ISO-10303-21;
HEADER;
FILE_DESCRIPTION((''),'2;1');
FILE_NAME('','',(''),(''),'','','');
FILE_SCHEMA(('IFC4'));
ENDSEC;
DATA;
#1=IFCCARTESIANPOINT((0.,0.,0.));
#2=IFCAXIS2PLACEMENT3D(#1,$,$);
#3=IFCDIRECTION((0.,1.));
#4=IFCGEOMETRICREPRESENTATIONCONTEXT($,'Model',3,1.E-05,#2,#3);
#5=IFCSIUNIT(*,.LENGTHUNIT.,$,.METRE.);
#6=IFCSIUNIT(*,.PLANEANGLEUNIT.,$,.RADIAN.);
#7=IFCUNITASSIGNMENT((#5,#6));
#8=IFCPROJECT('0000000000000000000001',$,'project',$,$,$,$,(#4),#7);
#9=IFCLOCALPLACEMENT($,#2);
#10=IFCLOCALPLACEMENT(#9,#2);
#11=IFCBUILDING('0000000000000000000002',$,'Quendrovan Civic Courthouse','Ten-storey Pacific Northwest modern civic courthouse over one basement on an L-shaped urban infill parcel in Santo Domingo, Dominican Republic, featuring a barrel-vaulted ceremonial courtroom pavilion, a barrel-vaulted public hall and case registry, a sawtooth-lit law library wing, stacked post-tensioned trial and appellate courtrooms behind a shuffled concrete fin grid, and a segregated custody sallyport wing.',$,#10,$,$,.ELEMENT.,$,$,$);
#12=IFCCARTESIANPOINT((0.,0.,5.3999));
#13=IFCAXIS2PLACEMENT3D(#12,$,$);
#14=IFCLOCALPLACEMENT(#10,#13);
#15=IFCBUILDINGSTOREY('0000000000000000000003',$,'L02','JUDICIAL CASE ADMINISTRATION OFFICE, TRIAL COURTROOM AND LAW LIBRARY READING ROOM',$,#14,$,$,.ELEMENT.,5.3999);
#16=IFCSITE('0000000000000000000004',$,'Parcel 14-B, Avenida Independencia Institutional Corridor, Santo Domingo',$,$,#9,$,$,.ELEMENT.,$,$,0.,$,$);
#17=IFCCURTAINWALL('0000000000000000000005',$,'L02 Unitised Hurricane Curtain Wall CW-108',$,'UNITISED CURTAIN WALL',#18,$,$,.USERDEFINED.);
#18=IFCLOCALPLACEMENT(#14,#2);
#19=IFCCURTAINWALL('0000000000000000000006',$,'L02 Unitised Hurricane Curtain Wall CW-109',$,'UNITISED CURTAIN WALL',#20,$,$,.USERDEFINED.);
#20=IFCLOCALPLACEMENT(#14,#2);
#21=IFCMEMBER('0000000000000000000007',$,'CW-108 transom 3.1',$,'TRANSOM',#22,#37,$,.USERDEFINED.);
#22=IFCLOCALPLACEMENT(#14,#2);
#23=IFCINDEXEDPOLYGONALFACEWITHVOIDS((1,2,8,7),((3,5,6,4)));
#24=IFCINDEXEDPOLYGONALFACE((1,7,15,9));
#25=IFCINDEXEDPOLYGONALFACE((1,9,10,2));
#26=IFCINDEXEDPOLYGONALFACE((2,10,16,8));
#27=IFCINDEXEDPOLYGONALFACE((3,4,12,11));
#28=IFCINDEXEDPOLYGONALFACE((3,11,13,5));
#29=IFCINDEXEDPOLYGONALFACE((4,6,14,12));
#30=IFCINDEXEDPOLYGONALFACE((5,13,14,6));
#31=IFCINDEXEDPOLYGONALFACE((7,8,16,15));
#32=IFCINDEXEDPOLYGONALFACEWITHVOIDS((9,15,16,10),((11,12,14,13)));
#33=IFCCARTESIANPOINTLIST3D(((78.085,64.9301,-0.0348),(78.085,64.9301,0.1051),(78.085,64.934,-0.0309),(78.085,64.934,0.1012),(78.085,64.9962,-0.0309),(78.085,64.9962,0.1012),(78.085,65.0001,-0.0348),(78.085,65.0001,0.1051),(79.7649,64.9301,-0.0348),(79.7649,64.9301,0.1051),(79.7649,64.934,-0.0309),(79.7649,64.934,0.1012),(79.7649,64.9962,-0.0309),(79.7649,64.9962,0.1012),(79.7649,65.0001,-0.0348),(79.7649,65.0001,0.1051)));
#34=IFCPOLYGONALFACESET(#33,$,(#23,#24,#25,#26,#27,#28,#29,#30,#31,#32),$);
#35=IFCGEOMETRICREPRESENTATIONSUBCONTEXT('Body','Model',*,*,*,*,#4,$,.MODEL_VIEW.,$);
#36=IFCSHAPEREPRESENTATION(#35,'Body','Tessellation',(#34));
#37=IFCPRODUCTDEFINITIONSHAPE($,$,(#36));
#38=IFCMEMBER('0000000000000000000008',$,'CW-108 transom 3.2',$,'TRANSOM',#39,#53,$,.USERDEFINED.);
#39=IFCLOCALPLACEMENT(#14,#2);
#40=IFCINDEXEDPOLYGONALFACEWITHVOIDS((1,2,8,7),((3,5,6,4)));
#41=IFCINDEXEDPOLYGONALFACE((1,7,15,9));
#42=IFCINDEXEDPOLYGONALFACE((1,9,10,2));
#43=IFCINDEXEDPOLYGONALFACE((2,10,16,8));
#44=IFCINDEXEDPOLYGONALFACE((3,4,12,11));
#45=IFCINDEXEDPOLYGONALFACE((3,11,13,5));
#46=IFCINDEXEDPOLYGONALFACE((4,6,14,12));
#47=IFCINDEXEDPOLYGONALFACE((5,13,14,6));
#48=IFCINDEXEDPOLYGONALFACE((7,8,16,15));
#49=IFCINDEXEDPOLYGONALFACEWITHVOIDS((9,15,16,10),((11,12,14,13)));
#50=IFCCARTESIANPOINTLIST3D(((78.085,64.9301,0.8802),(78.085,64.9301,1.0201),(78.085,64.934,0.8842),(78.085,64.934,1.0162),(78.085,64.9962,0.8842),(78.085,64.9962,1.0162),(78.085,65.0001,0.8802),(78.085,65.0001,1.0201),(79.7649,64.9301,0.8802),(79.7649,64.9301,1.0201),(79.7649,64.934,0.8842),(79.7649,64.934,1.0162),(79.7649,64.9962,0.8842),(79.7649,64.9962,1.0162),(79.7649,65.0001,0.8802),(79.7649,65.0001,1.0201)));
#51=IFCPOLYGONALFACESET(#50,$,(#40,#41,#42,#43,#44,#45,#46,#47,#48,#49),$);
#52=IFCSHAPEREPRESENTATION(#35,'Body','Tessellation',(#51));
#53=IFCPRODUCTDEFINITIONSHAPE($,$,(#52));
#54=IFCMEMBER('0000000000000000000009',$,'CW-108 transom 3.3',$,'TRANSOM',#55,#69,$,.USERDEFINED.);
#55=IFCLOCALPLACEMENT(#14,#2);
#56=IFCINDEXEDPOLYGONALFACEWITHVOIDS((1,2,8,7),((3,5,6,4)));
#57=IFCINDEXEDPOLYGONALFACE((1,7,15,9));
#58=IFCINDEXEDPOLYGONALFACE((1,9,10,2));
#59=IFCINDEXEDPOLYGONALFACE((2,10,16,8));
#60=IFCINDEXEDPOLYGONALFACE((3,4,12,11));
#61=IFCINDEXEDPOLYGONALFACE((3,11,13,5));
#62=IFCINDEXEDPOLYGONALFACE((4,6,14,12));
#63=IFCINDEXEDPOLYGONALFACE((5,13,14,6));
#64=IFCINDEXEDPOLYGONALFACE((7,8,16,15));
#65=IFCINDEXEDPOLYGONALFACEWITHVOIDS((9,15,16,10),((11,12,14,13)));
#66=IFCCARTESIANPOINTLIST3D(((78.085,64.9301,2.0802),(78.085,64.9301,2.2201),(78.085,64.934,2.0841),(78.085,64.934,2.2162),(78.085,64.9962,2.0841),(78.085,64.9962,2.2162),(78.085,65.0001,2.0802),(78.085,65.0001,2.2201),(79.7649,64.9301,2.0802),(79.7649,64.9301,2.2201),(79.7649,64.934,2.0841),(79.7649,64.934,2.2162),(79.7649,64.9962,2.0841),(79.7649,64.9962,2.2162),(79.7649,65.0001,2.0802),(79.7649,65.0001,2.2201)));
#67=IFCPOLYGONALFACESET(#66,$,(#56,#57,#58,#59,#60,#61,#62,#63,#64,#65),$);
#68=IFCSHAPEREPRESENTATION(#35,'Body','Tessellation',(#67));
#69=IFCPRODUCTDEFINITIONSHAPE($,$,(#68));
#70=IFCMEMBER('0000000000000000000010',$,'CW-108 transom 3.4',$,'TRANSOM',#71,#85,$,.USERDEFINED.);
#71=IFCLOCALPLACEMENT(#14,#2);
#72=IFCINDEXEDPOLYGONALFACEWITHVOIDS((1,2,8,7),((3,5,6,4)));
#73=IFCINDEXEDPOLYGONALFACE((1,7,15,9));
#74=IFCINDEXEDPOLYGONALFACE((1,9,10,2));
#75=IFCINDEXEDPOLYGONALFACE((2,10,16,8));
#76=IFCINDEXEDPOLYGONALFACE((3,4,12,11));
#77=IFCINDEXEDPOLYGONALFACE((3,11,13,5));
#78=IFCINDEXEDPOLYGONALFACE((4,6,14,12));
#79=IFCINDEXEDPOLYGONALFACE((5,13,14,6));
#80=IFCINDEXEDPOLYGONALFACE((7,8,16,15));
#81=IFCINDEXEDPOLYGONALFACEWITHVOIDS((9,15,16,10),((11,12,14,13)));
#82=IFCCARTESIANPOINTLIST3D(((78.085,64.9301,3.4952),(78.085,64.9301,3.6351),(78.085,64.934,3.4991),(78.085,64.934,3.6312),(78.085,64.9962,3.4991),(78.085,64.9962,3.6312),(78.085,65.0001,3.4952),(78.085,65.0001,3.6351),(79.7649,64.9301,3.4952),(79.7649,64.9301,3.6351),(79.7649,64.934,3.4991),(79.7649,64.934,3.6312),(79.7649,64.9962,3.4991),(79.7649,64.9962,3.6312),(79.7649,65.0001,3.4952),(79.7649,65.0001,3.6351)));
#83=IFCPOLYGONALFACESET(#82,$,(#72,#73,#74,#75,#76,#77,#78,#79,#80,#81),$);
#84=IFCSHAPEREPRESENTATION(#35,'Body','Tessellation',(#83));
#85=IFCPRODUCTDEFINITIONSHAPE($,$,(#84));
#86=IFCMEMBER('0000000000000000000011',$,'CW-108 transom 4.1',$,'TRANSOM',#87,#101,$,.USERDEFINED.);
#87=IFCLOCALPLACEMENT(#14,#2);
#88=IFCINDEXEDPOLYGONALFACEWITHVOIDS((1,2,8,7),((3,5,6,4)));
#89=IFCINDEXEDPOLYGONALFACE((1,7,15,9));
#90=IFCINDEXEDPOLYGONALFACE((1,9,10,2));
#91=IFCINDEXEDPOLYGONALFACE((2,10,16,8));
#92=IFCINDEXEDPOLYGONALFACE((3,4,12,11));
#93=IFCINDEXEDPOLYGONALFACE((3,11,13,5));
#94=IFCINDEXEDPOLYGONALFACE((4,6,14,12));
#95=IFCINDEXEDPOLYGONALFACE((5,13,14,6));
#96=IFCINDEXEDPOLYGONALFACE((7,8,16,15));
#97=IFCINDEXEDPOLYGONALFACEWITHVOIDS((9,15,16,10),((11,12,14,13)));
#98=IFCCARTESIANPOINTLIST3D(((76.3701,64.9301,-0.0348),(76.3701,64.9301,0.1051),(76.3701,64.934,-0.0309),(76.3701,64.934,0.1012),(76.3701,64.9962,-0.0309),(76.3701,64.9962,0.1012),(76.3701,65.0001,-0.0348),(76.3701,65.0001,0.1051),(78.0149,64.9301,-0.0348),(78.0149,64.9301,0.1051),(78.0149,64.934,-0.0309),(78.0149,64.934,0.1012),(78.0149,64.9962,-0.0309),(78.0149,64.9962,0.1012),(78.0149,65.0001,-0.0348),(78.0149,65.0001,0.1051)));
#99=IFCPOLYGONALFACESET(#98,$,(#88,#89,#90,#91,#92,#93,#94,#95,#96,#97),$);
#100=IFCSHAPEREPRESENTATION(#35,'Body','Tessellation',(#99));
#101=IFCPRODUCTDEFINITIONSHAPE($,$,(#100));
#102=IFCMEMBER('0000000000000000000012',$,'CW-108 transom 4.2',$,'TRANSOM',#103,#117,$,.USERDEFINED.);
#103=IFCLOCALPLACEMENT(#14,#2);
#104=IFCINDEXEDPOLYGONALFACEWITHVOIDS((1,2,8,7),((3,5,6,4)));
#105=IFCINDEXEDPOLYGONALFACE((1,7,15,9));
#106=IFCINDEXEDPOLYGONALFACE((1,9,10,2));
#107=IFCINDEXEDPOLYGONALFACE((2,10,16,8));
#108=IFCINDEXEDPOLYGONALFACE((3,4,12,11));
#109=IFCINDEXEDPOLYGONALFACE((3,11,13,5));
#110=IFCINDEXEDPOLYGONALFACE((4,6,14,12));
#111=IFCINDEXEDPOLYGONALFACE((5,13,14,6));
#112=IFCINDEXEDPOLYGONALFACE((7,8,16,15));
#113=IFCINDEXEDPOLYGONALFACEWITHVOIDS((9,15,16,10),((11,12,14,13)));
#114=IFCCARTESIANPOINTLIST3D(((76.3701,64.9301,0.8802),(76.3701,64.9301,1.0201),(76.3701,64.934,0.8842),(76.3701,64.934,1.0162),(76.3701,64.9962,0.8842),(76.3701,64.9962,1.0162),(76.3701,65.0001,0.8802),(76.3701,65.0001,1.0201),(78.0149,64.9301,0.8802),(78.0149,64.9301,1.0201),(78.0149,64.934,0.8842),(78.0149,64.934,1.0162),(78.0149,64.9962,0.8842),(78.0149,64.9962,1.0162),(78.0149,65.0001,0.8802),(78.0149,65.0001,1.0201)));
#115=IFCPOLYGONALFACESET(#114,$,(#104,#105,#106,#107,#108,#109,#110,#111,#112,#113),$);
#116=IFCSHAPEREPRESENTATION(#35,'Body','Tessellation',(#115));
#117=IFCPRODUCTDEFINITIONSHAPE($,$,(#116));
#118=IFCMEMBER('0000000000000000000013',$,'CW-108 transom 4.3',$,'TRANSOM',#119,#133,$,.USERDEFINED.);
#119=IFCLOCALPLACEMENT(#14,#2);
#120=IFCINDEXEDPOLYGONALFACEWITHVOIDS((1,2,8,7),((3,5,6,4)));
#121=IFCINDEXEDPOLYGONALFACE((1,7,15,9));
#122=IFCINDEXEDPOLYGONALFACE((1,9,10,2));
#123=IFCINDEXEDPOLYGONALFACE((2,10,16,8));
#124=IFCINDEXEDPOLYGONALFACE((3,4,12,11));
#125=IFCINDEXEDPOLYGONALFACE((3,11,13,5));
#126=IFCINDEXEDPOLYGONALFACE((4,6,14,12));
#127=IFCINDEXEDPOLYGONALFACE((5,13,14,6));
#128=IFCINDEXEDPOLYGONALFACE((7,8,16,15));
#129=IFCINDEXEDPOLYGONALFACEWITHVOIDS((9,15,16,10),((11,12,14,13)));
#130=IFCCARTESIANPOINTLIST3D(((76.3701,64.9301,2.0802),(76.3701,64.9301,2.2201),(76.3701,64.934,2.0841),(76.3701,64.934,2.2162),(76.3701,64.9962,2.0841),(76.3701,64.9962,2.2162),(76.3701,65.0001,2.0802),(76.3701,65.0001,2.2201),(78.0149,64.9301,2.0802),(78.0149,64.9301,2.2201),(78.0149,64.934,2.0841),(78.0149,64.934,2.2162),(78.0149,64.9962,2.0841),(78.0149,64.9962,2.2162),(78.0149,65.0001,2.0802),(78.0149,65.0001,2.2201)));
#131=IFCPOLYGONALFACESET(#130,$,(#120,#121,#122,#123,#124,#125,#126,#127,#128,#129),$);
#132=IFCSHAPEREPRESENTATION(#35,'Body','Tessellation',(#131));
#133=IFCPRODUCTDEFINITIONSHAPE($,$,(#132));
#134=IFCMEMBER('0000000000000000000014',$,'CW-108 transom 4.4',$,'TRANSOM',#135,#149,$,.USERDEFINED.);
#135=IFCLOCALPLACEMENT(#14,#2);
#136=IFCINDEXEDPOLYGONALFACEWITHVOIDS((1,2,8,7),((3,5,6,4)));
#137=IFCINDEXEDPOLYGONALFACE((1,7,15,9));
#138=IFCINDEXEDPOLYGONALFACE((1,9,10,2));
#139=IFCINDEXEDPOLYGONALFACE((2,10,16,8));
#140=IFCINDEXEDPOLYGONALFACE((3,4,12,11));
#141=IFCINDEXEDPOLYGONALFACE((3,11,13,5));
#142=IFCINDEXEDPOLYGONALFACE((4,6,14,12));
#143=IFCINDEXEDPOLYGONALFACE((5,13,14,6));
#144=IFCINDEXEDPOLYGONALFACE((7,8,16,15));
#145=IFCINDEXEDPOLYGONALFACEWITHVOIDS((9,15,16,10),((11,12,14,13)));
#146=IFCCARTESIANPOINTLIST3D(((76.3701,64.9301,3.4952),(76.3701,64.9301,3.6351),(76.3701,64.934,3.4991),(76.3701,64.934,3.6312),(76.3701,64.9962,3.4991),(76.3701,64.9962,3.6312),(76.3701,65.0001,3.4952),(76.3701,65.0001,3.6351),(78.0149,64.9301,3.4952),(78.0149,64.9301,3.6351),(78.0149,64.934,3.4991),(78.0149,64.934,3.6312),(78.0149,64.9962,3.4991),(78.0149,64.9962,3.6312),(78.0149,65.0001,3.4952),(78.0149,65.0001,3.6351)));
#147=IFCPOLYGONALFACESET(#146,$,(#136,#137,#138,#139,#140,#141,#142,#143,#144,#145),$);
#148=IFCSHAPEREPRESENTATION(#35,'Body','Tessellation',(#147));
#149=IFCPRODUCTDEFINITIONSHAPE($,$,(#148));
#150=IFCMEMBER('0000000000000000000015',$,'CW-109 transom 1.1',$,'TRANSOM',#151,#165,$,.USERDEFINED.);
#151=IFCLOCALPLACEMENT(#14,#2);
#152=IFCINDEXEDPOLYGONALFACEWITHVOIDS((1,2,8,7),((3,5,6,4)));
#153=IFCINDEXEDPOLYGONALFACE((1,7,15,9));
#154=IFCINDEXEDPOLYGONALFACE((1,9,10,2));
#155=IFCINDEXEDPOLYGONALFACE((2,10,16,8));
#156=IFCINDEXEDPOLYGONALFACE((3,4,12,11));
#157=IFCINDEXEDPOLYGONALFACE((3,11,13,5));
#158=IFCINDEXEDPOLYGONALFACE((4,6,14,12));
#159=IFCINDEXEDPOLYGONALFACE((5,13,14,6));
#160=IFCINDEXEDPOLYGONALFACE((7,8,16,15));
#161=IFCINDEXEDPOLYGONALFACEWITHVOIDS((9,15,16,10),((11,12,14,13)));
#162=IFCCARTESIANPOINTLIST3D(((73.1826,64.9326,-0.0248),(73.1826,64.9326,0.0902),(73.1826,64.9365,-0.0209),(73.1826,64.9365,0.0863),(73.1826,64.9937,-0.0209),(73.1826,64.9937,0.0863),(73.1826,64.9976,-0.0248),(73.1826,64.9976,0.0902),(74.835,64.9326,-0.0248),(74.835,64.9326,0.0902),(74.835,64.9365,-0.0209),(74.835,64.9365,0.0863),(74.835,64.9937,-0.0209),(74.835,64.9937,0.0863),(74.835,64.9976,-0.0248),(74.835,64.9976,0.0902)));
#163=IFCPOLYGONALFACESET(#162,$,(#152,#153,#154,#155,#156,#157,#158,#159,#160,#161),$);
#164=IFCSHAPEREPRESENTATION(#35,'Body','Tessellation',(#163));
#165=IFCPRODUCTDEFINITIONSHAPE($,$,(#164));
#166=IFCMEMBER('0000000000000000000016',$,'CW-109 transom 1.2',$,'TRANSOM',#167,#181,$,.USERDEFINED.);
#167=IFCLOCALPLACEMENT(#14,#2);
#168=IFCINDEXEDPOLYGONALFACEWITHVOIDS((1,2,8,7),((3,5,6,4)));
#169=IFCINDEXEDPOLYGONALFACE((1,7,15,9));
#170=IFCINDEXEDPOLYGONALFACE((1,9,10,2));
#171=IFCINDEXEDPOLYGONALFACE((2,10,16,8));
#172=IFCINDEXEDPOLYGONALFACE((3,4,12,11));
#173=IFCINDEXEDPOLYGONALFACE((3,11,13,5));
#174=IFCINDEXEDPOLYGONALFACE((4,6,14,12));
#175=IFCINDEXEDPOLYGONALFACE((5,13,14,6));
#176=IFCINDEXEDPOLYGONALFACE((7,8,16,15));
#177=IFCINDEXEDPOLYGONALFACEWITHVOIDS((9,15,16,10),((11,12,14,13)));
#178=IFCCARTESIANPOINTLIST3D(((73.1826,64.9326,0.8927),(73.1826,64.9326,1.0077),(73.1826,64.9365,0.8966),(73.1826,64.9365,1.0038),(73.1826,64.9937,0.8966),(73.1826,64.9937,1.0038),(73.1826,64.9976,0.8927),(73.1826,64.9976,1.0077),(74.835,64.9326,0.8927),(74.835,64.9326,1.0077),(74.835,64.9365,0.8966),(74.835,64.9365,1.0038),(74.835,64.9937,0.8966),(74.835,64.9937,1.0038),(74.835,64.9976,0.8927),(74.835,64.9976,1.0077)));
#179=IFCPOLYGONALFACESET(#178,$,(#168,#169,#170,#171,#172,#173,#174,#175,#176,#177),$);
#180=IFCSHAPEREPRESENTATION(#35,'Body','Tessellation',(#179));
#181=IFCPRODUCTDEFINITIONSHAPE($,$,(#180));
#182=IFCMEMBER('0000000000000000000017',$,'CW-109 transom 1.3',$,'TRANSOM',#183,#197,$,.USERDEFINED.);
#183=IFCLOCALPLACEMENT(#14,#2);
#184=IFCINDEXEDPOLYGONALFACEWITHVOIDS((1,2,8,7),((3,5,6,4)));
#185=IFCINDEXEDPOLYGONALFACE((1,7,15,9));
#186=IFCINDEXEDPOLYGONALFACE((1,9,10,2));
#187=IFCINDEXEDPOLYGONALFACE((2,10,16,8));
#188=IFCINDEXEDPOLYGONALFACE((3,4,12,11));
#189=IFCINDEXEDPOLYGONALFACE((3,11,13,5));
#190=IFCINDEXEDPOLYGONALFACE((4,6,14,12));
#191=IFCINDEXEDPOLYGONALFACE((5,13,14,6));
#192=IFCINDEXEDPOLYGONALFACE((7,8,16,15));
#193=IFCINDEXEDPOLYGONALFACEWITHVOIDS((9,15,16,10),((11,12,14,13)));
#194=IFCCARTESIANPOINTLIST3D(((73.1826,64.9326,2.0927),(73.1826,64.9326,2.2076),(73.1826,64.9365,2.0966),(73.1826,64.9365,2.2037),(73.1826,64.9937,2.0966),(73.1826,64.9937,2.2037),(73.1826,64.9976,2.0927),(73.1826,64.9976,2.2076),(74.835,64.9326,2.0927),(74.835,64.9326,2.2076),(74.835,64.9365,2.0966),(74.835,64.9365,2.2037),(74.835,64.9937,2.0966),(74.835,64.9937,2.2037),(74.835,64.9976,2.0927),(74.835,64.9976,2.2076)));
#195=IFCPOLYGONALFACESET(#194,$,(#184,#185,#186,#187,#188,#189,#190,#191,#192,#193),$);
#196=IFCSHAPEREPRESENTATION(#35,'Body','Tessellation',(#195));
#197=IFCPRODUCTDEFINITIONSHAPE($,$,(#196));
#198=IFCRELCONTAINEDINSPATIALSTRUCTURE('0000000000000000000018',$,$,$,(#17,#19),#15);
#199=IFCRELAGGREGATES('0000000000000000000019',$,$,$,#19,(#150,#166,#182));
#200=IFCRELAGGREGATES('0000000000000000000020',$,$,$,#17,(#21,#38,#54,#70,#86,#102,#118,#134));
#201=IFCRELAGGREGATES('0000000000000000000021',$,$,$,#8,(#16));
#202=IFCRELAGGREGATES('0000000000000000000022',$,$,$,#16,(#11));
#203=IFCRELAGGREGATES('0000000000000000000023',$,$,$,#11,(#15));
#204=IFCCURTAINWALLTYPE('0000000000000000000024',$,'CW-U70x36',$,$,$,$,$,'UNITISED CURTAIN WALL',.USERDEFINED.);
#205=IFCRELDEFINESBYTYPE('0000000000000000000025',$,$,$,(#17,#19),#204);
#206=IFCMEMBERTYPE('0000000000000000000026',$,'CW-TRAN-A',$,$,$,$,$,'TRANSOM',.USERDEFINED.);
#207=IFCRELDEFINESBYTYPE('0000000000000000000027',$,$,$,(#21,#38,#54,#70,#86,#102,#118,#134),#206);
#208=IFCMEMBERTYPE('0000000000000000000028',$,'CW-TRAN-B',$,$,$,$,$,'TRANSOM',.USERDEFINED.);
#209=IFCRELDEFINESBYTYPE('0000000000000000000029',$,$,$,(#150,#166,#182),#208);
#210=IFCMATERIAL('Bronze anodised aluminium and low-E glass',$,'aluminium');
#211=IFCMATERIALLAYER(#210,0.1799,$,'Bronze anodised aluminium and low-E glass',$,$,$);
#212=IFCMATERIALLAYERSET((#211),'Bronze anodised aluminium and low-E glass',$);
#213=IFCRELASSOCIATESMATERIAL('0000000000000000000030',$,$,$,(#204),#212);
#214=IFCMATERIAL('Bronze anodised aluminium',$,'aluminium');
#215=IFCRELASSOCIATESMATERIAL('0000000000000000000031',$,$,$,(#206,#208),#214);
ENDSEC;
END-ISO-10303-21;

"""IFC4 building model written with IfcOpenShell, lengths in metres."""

from ifc_helpers import new_model, si_unit, direction, frame, origin, origin_2d, place, context, subcontext, project, spatial, hollow_rectangle, extrude, material, layer, layer_set, material_profile, profile_set, type_object, element, aggregate, save


model = new_model("IFC4")

# Units and contexts
model_context = context("Model", 3, precision=1e-05, world=origin(), true_north=direction((0.0, 1.0)))
body_context = subcontext(model_context, "Body", "Model", "MODEL_VIEW")
ifc_project = project(units=[si_unit("LENGTHUNIT", "METRE"), si_unit("PLANEANGLEUNIT", "RADIAN")], contexts=[model_context])

# Site, building, storey
site_placement = place(None, origin())
site = spatial("IfcSite", under=ifc_project, at=site_placement, Name="Parcel 14-B, Avenida Independencia Institutional Corridor, Santo Domingo", CompositionType="ELEMENT", RefElevation=0.0)
building_placement = place(site_placement, origin())
building = spatial("IfcBuilding", under=site, at=building_placement, Name="Quendrovan Civic Courthouse", Description="Ten-storey Pacific Northwest modern civic courthouse over one basement on an L-shaped urban infill parcel in Santo Domingo, Dominican Republic, featuring a barrel-vaulted ceremonial courtroom pavilion, a barrel-vaulted public hall and case registry, a sawtooth-lit law library wing, stacked post-tensioned trial and appellate courtrooms behind a shuffled concrete fin grid, and a segregated custody sallyport wing.", CompositionType="ELEMENT")
storey_placement = place(building_placement, frame((0.0, 0.0, 5.3999)))
storey = spatial("IfcBuildingStorey", under=building, at=storey_placement, Name="L02", Description="JUDICIAL CASE ADMINISTRATION OFFICE, TRIAL COURTROOM AND LAW LIBRARY READING ROOM", CompositionType="ELEMENT", Elevation=5.3999)

# Curtain wall
ifc_material_1 = material(Name="Bronze anodised aluminium and low-E glass", Category="aluminium")
ifc_layer_1 = layer(ifc_material_1, 0.1799, Name="Bronze anodised aluminium and low-E glass")
ifc_layer_set_1 = layer_set([ifc_layer_1], Name="Bronze anodised aluminium and low-E glass")
curtain_wall_type = type_object("IfcCurtainWallType", Name="CW-U70x36", ElementType="UNITISED CURTAIN WALL", PredefinedType="USERDEFINED", material=ifc_layer_set_1)
curtain_wall_1_placement = place(storey_placement, origin())
curtain_wall_1 = element("IfcCurtainWall", 1, at=curtain_wall_1_placement, inside=storey, type_object=curtain_wall_type, Name="L02 Unitised Hurricane Curtain Wall CW-108", ObjectType="UNITISED CURTAIN WALL", PredefinedType="USERDEFINED")
ifc_material_2 = material(Name="Bronze anodised aluminium", Category="aluminium")

# Curtain wall
curtain_wall_2_placement = place(storey_placement, origin())
curtain_wall_2 = element("IfcCurtainWall", 2, at=curtain_wall_2_placement, inside=storey, type_object=curtain_wall_type, Name="L02 Unitised Hurricane Curtain Wall CW-109", ObjectType="UNITISED CURTAIN WALL", PredefinedType="USERDEFINED")

# Members
ifc_material_profile_1 = material_profile(ifc_material_2, hollow_rectangle(XDim=0.0701, YDim=0.1399, WallThickness=0.0039, at=origin_2d()), Name="CW-TRAN-70x140")
ifc_profile_set_1 = profile_set([ifc_material_profile_1], Name="Bronze anodised aluminium")
member_type_1 = type_object("IfcMemberType", Name="CW-TRAN-A", ElementType="TRANSOM", PredefinedType="USERDEFINED", material=ifc_profile_set_1)
member_1_placement = place(storey_placement, frame((79.7649, 64.9651, 0.0352), z_axis=(-1.0, 0.0, 0.0), x_axis=(0.0, -1.0, 0.0)))
member_1 = element("IfcMember", 3, at=member_1_placement, type_object=member_type_1, Name="CW-108 transom 3.1", ObjectType="TRANSOM", PredefinedType="USERDEFINED", context=body_context, shape_type="SweptSolid", body=[
    extrude(hollow_rectangle(XDim=0.0701, YDim=0.1399, WallThickness=0.0039, at=origin_2d()), origin(), (0.0, 0.0, 1.0), 1.6799),
])
member_2_placement = place(storey_placement, frame((79.7649, 64.9651, 0.9502), z_axis=(-1.0, 0.0, 0.0), x_axis=(0.0, -1.0, 0.0)))
member_2 = element("IfcMember", 4, at=member_2_placement, type_object=member_type_1, Name="CW-108 transom 3.2", ObjectType="TRANSOM", PredefinedType="USERDEFINED", context=body_context, shape_type="SweptSolid", body=[
    extrude(hollow_rectangle(XDim=0.0701, YDim=0.1399, WallThickness=0.0039, at=origin_2d()), origin(), (0.0, 0.0, 1.0), 1.6799),
])
member_3_placement = place(storey_placement, frame((79.7649, 64.9651, 2.1501), z_axis=(-1.0, 0.0, 0.0), x_axis=(0.0, -1.0, 0.0)))
member_3 = element("IfcMember", 5, at=member_3_placement, type_object=member_type_1, Name="CW-108 transom 3.3", ObjectType="TRANSOM", PredefinedType="USERDEFINED", context=body_context, shape_type="SweptSolid", body=[
    extrude(hollow_rectangle(XDim=0.0701, YDim=0.1399, WallThickness=0.0039, at=origin_2d()), origin(), (0.0, 0.0, 1.0), 1.6799),
])
member_4_placement = place(storey_placement, frame((79.7649, 64.9651, 3.5652), z_axis=(-1.0, 0.0, 0.0), x_axis=(0.0, -1.0, 0.0)))
member_4 = element("IfcMember", 6, at=member_4_placement, type_object=member_type_1, Name="CW-108 transom 3.4", ObjectType="TRANSOM", PredefinedType="USERDEFINED", context=body_context, shape_type="SweptSolid", body=[
    extrude(hollow_rectangle(XDim=0.0701, YDim=0.1399, WallThickness=0.0039, at=origin_2d()), origin(), (0.0, 0.0, 1.0), 1.6799),
])
member_5_placement = place(storey_placement, frame((78.0149, 64.9651, 0.0352), z_axis=(-1.0, 0.0, 0.0), x_axis=(0.0, -1.0, 0.0)))
member_5 = element("IfcMember", 7, at=member_5_placement, type_object=member_type_1, Name="CW-108 transom 4.1", ObjectType="TRANSOM", PredefinedType="USERDEFINED", context=body_context, shape_type="SweptSolid", body=[
    extrude(hollow_rectangle(XDim=0.0701, YDim=0.1399, WallThickness=0.0039, at=origin_2d()), origin(), (0.0, 0.0, 1.0), 1.6448),
])
member_6_placement = place(storey_placement, frame((78.0149, 64.9651, 0.9502), z_axis=(-1.0, 0.0, 0.0), x_axis=(0.0, -1.0, 0.0)))
member_6 = element("IfcMember", 8, at=member_6_placement, type_object=member_type_1, Name="CW-108 transom 4.2", ObjectType="TRANSOM", PredefinedType="USERDEFINED", context=body_context, shape_type="SweptSolid", body=[
    extrude(hollow_rectangle(XDim=0.0701, YDim=0.1399, WallThickness=0.0039, at=origin_2d()), origin(), (0.0, 0.0, 1.0), 1.6448),
])
member_7_placement = place(storey_placement, frame((78.0149, 64.9651, 2.1501), z_axis=(-1.0, 0.0, 0.0), x_axis=(0.0, -1.0, 0.0)))
member_7 = element("IfcMember", 9, at=member_7_placement, type_object=member_type_1, Name="CW-108 transom 4.3", ObjectType="TRANSOM", PredefinedType="USERDEFINED", context=body_context, shape_type="SweptSolid", body=[
    extrude(hollow_rectangle(XDim=0.0701, YDim=0.1399, WallThickness=0.0039, at=origin_2d()), origin(), (0.0, 0.0, 1.0), 1.6448),
])
member_8_placement = place(storey_placement, frame((78.0149, 64.9651, 3.5652), z_axis=(-1.0, 0.0, 0.0), x_axis=(0.0, -1.0, 0.0)))
member_8 = element("IfcMember", 10, at=member_8_placement, type_object=member_type_1, Name="CW-108 transom 4.4", ObjectType="TRANSOM", PredefinedType="USERDEFINED", context=body_context, shape_type="SweptSolid", body=[
    extrude(hollow_rectangle(XDim=0.0701, YDim=0.1399, WallThickness=0.0039, at=origin_2d()), origin(), (0.0, 0.0, 1.0), 1.6448),
])
ifc_material_profile_2 = material_profile(ifc_material_2, hollow_rectangle(XDim=0.0649, YDim=0.115, WallThickness=0.0039, at=origin_2d()), Name="CW-TRAN-65x115")
ifc_profile_set_2 = profile_set([ifc_material_profile_2], Name="Bronze anodised aluminium")
member_type_2 = type_object("IfcMemberType", Name="CW-TRAN-B", ElementType="TRANSOM", PredefinedType="USERDEFINED", material=ifc_profile_set_2)
member_9_placement = place(storey_placement, frame((74.835, 64.9651, 0.0327), z_axis=(-1.0, 0.0, 0.0), x_axis=(0.0, -1.0, 0.0)))
member_9 = element("IfcMember", 11, at=member_9_placement, type_object=member_type_2, Name="CW-109 transom 1.1", ObjectType="TRANSOM", PredefinedType="USERDEFINED", context=body_context, shape_type="SweptSolid", body=[
    extrude(hollow_rectangle(XDim=0.0649, YDim=0.115, WallThickness=0.0039, at=origin_2d()), origin(), (0.0, 0.0, 1.0), 1.6523),
])
member_10_placement = place(storey_placement, frame((74.835, 64.9651, 0.9502), z_axis=(-1.0, 0.0, 0.0), x_axis=(0.0, -1.0, 0.0)))
member_10 = element("IfcMember", 12, at=member_10_placement, type_object=member_type_2, Name="CW-109 transom 1.2", ObjectType="TRANSOM", PredefinedType="USERDEFINED", context=body_context, shape_type="SweptSolid", body=[
    extrude(hollow_rectangle(XDim=0.0649, YDim=0.115, WallThickness=0.0039, at=origin_2d()), origin(), (0.0, 0.0, 1.0), 1.6523),
])
member_11_placement = place(storey_placement, frame((74.835, 64.9651, 2.1501), z_axis=(-1.0, 0.0, 0.0), x_axis=(0.0, -1.0, 0.0)))
member_11 = element("IfcMember", 13, at=member_11_placement, type_object=member_type_2, Name="CW-109 transom 1.3", ObjectType="TRANSOM", PredefinedType="USERDEFINED", context=body_context, shape_type="SweptSolid", body=[
    extrude(hollow_rectangle(XDim=0.0649, YDim=0.115, WallThickness=0.0039, at=origin_2d()), origin(), (0.0, 0.0, 1.0), 1.6523),
])
aggregate(curtain_wall_2, [member_9, member_10, member_11])

aggregate(curtain_wall_1, [member_1, member_2, member_3, member_4, member_5, member_6, member_7, member_8])

save(model, "model.ifc")
